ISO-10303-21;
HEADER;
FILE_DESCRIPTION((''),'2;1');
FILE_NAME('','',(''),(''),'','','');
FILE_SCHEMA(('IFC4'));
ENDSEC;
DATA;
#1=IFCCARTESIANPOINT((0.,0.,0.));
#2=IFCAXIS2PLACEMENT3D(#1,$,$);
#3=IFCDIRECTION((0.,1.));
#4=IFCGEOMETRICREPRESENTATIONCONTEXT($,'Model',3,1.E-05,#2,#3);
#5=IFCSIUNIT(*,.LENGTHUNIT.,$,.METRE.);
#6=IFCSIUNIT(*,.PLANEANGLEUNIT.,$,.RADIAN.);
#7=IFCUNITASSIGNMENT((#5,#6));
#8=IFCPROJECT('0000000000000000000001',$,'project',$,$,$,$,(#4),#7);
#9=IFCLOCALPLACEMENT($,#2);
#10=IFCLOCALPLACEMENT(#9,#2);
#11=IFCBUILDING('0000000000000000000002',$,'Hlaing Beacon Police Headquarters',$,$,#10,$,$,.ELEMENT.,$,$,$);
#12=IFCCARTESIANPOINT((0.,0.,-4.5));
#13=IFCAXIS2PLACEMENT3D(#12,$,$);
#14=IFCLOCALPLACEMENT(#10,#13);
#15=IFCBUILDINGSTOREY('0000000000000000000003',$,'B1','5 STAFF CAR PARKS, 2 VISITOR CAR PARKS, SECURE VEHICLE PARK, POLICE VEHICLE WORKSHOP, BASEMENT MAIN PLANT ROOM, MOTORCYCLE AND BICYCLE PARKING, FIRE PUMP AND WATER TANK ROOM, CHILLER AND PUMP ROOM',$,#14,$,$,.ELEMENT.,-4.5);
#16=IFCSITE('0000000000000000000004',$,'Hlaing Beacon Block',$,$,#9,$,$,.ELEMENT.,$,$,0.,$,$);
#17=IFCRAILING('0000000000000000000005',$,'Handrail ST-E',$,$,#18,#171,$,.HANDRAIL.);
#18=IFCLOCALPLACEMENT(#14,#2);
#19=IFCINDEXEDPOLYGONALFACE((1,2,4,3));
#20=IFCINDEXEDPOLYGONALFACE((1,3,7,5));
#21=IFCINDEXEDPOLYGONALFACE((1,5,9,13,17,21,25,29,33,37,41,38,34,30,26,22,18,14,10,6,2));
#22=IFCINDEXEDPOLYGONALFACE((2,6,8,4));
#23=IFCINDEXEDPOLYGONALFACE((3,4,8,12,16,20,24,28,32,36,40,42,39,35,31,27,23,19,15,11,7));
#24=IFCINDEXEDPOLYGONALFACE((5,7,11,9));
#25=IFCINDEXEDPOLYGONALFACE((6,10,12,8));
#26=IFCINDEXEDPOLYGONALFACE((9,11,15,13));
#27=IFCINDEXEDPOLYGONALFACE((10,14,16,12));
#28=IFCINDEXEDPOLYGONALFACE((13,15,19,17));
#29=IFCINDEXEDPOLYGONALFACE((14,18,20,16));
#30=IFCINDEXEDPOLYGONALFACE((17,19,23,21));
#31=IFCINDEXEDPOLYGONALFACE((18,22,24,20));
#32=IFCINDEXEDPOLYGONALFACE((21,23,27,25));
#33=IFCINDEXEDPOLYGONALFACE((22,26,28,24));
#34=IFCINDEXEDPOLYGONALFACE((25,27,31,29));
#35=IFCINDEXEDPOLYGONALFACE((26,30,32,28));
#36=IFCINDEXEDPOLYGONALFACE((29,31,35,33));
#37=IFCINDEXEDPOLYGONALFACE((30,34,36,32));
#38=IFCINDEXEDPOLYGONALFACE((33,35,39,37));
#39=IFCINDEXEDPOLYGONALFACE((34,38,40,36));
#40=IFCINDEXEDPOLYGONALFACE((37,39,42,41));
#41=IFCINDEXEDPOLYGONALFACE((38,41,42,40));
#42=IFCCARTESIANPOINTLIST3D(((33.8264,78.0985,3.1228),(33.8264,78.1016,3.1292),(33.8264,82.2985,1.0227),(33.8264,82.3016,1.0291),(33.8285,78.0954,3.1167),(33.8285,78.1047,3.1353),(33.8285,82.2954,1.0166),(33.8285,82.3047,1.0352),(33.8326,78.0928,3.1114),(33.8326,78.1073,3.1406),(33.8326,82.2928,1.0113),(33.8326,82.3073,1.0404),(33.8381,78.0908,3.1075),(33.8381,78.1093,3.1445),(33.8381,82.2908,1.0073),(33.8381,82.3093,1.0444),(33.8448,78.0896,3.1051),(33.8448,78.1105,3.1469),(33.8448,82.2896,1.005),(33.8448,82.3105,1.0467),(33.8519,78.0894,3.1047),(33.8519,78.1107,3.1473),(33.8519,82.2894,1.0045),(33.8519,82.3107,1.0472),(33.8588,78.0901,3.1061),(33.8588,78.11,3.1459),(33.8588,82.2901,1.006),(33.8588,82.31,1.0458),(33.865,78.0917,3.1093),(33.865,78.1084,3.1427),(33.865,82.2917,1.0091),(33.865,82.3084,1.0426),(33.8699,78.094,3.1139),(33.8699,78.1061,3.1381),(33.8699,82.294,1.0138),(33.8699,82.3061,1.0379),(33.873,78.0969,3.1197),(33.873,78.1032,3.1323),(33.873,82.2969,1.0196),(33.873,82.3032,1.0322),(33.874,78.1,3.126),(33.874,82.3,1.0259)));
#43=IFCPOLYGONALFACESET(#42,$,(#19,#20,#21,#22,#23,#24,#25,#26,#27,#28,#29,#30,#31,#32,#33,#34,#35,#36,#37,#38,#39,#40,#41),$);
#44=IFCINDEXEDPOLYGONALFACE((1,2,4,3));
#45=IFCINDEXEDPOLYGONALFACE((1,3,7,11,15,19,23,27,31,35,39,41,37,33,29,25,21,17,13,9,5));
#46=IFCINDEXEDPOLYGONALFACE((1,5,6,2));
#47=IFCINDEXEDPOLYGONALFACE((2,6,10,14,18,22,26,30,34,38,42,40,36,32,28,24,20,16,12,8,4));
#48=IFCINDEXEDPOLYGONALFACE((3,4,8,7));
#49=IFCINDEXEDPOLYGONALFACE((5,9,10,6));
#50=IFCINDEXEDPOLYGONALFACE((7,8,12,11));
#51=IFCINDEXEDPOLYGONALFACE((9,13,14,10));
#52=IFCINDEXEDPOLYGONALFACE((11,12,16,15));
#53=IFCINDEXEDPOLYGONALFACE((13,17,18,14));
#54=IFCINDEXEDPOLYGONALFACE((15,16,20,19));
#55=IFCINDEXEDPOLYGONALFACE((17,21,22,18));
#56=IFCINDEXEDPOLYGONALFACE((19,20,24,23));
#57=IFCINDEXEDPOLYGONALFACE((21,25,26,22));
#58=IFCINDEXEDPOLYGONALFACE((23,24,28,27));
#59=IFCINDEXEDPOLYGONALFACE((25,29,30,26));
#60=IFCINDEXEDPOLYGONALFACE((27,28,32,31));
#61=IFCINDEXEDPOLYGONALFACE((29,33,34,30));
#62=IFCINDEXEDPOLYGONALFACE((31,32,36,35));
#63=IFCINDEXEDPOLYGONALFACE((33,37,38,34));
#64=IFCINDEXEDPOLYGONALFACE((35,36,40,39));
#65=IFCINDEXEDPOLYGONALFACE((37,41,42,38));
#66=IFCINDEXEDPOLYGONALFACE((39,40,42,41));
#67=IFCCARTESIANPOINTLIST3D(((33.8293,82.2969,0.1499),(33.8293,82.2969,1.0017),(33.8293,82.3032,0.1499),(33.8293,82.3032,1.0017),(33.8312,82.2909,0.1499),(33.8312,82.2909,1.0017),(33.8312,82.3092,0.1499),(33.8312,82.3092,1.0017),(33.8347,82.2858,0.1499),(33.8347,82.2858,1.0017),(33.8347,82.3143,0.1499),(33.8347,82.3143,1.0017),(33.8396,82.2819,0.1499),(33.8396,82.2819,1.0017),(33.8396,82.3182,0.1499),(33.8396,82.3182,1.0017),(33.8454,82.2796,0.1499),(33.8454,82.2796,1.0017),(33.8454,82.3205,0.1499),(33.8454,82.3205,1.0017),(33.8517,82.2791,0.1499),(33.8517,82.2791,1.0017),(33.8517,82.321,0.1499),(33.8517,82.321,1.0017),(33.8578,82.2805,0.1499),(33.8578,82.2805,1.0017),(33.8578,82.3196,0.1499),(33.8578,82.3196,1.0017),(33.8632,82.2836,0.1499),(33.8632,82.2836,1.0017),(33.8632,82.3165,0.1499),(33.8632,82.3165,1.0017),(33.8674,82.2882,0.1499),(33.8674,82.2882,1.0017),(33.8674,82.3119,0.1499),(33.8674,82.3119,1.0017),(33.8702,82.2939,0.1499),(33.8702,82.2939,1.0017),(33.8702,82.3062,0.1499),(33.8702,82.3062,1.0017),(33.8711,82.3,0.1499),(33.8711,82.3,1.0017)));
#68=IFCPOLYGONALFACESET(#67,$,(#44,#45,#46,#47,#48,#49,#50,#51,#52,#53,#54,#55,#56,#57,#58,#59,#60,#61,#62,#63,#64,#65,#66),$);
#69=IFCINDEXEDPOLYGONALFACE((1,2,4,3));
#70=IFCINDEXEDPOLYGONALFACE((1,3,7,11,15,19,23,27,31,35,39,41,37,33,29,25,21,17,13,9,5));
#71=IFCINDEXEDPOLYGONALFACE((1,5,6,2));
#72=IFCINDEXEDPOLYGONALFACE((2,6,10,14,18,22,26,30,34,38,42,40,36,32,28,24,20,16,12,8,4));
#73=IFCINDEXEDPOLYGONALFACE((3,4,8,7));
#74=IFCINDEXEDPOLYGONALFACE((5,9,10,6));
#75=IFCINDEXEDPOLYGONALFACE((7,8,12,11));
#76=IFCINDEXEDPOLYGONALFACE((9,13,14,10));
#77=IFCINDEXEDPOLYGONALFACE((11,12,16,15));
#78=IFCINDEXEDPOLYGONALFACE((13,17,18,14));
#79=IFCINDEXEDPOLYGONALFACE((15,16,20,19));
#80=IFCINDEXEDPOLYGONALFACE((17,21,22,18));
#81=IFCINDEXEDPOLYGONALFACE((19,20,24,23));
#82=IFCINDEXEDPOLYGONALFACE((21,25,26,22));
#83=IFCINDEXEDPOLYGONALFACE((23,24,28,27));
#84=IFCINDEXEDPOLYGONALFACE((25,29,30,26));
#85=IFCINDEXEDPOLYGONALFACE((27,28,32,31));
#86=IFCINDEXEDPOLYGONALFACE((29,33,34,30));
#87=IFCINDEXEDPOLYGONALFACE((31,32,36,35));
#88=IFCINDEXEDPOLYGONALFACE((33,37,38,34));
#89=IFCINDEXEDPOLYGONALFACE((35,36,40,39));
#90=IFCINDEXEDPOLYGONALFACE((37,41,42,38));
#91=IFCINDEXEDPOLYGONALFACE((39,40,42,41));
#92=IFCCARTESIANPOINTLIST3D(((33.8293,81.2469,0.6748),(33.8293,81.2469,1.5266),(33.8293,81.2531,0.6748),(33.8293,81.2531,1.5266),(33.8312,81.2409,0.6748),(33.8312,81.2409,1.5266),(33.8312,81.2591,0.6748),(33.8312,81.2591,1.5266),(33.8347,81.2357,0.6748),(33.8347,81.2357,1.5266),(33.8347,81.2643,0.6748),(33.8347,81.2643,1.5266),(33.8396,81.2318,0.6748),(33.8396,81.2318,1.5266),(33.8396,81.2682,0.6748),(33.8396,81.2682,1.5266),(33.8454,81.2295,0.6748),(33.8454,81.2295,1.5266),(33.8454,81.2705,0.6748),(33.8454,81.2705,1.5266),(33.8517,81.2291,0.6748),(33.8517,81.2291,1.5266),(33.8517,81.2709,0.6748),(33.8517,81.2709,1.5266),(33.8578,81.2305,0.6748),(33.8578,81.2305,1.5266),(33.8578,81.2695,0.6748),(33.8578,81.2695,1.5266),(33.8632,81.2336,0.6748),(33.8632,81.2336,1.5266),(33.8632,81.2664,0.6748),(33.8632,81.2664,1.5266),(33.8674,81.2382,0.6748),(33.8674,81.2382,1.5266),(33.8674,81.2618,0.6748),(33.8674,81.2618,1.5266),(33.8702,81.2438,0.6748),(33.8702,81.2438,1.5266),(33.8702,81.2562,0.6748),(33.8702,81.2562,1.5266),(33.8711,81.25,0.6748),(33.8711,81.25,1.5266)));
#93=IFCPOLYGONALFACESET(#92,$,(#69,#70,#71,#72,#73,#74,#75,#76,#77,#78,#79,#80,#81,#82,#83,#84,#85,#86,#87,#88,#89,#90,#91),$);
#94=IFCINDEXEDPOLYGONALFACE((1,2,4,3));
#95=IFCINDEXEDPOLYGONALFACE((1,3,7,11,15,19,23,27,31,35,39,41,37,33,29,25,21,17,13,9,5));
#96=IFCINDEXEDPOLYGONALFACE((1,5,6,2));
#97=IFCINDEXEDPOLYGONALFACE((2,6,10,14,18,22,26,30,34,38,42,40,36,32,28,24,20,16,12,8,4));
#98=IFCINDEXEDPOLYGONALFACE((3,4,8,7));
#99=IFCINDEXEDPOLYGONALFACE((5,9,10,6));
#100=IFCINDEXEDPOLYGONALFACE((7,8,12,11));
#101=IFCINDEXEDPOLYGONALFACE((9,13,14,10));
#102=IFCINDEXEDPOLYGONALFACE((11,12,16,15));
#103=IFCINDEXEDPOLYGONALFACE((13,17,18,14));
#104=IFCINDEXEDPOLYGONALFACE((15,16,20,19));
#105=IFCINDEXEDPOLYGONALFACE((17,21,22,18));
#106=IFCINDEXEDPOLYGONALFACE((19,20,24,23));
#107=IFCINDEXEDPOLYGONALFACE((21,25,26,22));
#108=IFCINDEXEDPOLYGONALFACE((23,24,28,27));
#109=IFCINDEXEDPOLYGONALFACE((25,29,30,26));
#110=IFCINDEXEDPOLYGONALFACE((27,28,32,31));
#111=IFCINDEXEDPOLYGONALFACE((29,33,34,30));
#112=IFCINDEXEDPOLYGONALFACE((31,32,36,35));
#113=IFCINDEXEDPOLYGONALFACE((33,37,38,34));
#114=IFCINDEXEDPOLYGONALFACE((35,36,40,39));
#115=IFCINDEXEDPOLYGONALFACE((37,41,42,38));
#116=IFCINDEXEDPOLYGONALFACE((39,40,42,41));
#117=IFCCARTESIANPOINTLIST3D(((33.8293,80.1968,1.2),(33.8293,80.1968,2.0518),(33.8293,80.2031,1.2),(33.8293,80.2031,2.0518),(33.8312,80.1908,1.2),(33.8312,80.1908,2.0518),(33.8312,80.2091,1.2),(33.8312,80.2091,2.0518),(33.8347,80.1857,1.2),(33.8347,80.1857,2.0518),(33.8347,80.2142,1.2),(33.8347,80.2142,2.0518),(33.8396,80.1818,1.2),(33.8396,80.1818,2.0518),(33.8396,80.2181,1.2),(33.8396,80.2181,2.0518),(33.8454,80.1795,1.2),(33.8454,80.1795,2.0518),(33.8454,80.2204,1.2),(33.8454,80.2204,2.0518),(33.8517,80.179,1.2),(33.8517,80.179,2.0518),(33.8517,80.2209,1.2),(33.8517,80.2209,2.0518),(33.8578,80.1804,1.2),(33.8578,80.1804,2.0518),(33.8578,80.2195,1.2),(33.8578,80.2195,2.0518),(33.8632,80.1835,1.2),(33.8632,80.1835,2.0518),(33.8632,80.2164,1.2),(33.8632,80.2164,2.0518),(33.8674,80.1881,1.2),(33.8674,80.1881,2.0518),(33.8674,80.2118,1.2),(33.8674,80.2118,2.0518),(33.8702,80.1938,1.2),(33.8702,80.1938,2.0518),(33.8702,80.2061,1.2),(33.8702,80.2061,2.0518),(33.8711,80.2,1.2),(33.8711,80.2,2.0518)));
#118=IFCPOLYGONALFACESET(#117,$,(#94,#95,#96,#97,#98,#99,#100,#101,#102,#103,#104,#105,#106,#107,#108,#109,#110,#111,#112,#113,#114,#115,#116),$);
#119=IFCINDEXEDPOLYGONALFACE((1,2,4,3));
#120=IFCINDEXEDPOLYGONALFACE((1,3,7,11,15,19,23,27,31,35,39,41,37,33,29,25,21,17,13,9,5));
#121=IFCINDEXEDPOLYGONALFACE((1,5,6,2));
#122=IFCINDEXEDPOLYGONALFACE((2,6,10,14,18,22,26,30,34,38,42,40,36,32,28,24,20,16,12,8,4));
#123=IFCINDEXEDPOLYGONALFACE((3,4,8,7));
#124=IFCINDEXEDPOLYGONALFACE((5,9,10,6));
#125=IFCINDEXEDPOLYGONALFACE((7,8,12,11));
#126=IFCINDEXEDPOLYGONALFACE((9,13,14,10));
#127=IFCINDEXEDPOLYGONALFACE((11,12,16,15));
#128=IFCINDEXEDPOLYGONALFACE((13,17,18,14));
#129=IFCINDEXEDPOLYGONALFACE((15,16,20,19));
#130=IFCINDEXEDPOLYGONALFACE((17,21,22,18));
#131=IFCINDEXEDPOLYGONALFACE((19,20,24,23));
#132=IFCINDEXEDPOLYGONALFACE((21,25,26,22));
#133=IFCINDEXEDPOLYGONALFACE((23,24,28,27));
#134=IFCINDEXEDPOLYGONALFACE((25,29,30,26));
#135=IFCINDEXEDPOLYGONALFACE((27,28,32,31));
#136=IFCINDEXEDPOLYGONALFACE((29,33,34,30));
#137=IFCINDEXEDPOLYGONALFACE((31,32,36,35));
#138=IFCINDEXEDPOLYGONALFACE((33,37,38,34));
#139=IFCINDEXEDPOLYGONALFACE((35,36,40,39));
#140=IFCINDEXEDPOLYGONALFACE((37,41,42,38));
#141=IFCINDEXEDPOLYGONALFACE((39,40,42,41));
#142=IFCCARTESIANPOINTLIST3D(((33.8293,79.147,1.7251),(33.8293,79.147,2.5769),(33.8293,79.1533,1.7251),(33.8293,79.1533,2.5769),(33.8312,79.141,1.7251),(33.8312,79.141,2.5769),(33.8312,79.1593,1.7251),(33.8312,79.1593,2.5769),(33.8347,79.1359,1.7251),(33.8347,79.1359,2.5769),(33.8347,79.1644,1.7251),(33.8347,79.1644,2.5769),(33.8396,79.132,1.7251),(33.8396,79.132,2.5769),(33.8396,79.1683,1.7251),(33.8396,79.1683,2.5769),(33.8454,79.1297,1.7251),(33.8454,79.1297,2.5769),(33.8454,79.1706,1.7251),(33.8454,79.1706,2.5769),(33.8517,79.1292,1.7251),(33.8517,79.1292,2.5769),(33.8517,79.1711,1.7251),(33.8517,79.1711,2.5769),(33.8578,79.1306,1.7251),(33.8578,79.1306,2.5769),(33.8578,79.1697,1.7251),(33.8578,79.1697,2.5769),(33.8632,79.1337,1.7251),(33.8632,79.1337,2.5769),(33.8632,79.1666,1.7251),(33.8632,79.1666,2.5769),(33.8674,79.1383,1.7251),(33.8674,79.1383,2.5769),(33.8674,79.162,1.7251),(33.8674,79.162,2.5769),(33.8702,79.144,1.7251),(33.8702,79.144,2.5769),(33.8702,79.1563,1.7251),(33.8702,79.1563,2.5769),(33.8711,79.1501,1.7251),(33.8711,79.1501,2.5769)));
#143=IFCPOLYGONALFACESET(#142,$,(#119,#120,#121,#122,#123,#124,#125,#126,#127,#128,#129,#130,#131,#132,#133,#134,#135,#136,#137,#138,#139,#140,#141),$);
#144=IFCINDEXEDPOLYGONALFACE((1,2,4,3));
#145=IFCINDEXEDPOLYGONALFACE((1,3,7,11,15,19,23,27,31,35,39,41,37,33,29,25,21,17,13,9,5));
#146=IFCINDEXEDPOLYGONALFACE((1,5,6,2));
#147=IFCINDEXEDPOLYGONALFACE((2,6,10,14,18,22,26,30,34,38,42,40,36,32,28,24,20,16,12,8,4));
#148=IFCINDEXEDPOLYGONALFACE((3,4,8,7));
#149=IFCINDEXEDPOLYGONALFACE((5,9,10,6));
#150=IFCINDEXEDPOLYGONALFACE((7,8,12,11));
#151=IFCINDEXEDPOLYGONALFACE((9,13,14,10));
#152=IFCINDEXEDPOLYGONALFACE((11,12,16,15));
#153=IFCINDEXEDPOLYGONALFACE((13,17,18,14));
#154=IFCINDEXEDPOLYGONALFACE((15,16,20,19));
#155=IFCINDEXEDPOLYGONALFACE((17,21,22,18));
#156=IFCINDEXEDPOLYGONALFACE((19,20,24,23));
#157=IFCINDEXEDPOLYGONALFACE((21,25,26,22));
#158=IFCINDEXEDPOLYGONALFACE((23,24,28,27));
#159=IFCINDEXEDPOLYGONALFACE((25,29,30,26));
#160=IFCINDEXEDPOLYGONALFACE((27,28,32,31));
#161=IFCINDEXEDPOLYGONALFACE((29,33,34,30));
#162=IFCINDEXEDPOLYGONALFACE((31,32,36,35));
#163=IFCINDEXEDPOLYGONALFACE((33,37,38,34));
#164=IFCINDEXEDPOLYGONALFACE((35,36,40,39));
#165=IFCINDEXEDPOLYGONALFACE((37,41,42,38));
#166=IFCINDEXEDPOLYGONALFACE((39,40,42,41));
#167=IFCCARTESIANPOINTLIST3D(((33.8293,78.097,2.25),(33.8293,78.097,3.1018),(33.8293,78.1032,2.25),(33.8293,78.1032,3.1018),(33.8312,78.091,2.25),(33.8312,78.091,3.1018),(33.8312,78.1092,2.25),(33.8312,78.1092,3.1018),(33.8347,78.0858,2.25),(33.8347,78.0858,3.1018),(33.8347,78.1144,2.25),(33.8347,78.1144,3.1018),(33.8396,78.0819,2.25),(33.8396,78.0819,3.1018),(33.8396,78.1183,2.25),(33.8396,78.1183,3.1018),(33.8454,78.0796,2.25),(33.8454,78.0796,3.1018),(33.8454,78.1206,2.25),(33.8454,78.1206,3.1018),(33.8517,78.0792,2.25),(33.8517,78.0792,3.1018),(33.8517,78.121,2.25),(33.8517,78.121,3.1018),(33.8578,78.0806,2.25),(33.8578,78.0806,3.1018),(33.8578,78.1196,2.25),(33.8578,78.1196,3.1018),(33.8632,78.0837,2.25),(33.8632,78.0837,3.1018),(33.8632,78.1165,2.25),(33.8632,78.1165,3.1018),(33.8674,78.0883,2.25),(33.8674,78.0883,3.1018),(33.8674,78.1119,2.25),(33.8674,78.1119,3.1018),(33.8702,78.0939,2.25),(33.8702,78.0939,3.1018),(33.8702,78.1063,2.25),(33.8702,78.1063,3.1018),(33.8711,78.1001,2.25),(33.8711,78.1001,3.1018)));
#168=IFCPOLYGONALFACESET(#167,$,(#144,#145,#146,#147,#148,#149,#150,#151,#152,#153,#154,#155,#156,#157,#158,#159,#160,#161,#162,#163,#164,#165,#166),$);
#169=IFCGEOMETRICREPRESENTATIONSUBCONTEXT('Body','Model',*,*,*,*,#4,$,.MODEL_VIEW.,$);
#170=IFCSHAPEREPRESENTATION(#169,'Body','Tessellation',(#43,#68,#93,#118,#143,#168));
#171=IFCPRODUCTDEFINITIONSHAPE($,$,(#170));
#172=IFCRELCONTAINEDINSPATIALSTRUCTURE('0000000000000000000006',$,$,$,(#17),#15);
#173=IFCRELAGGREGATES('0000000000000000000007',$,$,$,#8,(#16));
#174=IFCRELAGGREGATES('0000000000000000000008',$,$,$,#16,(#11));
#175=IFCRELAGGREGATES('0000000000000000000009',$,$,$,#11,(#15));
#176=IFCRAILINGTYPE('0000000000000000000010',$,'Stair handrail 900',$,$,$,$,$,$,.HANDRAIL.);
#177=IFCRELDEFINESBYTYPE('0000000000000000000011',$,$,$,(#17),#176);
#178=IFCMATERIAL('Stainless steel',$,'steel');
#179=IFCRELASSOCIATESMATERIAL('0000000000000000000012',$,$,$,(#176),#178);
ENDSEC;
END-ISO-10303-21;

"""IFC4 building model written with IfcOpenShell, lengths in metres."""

from ifc_helpers import new_model, si_unit, direction, frame, origin, origin_2d, place, context, subcontext, project, spatial, circle, extrude, material, type_object, element, save


model = new_model("IFC4")

# Units and contexts
model_context = context("Model", 3, precision=1e-05, world=origin(), true_north=direction((0.0, 1.0)))
body_context = subcontext(model_context, "Body", "Model", "MODEL_VIEW")
ifc_project = project(units=[si_unit("LENGTHUNIT", "METRE"), si_unit("PLANEANGLEUNIT", "RADIAN")], contexts=[model_context])

# Site, building, storey
site_placement = place(None, origin())
site = spatial("IfcSite", under=ifc_project, at=site_placement, Name="Hlaing Beacon Block", CompositionType="ELEMENT", RefElevation=0.0)
building_placement = place(site_placement, origin())
building = spatial("IfcBuilding", under=site, at=building_placement, Name="Hlaing Beacon Police Headquarters", CompositionType="ELEMENT")
storey_placement = place(building_placement, frame((0.0, 0.0, -4.5)))
storey = spatial("IfcBuildingStorey", under=building, at=storey_placement, Name="B1", Description="5 STAFF CAR PARKS, 2 VISITOR CAR PARKS, SECURE VEHICLE PARK, POLICE VEHICLE WORKSHOP, BASEMENT MAIN PLANT ROOM, MOTORCYCLE AND BICYCLE PARKING, FIRE PUMP AND WATER TANK ROOM, CHILLER AND PUMP ROOM", CompositionType="ELEMENT", Elevation=-4.5)

# Railing
ifc_material_1 = material(Name="Stainless steel", Category="steel")
railing_type = type_object("IfcRailingType", Name="Stair handrail 900", PredefinedType="HANDRAIL", material=ifc_material_1)
for number, where, name in (
    (1, (33.8501, 82.3, 0.1499), "Handrail ST-E"),
):
    element("IfcRailing", number, at=place(storey_placement, frame(where)), inside=storey, type_object=railing_type, Name=name, PredefinedType="HANDRAIL", context=body_context, shape_type="SweptSolid", body=[
        extrude(circle(Radius=0.0239, at=origin_2d()), frame((0.0, 0.0, 0.876), z_axis=(0.0, -0.894417, 0.447234), x_axis=(1.0, 0.0, 0.0)), (0.0, 0.0, 1.0), 4.6958),
        extrude(circle(Radius=0.021, at=origin_2d()), origin(), (0.0, 0.0, 1.0), 0.8518),
        extrude(circle(Radius=0.021, at=origin_2d()), frame((0.0, -1.05, 0.5249)), (0.0, 0.0, 1.0), 0.8518),
        extrude(circle(Radius=0.021, at=origin_2d()), frame((0.0, -2.1001, 1.05)), (0.0, 0.0, 1.0), 0.8518),
        extrude(circle(Radius=0.021, at=origin_2d()), frame((0.0, -3.1499, 1.5752)), (0.0, 0.0, 1.0), 0.8518),
        extrude(circle(Radius=0.021, at=origin_2d()), frame((0.0, -4.2, 2.1001)), (0.0, 0.0, 1.0), 0.8518),
    ])

save(model, "model.ifc")
